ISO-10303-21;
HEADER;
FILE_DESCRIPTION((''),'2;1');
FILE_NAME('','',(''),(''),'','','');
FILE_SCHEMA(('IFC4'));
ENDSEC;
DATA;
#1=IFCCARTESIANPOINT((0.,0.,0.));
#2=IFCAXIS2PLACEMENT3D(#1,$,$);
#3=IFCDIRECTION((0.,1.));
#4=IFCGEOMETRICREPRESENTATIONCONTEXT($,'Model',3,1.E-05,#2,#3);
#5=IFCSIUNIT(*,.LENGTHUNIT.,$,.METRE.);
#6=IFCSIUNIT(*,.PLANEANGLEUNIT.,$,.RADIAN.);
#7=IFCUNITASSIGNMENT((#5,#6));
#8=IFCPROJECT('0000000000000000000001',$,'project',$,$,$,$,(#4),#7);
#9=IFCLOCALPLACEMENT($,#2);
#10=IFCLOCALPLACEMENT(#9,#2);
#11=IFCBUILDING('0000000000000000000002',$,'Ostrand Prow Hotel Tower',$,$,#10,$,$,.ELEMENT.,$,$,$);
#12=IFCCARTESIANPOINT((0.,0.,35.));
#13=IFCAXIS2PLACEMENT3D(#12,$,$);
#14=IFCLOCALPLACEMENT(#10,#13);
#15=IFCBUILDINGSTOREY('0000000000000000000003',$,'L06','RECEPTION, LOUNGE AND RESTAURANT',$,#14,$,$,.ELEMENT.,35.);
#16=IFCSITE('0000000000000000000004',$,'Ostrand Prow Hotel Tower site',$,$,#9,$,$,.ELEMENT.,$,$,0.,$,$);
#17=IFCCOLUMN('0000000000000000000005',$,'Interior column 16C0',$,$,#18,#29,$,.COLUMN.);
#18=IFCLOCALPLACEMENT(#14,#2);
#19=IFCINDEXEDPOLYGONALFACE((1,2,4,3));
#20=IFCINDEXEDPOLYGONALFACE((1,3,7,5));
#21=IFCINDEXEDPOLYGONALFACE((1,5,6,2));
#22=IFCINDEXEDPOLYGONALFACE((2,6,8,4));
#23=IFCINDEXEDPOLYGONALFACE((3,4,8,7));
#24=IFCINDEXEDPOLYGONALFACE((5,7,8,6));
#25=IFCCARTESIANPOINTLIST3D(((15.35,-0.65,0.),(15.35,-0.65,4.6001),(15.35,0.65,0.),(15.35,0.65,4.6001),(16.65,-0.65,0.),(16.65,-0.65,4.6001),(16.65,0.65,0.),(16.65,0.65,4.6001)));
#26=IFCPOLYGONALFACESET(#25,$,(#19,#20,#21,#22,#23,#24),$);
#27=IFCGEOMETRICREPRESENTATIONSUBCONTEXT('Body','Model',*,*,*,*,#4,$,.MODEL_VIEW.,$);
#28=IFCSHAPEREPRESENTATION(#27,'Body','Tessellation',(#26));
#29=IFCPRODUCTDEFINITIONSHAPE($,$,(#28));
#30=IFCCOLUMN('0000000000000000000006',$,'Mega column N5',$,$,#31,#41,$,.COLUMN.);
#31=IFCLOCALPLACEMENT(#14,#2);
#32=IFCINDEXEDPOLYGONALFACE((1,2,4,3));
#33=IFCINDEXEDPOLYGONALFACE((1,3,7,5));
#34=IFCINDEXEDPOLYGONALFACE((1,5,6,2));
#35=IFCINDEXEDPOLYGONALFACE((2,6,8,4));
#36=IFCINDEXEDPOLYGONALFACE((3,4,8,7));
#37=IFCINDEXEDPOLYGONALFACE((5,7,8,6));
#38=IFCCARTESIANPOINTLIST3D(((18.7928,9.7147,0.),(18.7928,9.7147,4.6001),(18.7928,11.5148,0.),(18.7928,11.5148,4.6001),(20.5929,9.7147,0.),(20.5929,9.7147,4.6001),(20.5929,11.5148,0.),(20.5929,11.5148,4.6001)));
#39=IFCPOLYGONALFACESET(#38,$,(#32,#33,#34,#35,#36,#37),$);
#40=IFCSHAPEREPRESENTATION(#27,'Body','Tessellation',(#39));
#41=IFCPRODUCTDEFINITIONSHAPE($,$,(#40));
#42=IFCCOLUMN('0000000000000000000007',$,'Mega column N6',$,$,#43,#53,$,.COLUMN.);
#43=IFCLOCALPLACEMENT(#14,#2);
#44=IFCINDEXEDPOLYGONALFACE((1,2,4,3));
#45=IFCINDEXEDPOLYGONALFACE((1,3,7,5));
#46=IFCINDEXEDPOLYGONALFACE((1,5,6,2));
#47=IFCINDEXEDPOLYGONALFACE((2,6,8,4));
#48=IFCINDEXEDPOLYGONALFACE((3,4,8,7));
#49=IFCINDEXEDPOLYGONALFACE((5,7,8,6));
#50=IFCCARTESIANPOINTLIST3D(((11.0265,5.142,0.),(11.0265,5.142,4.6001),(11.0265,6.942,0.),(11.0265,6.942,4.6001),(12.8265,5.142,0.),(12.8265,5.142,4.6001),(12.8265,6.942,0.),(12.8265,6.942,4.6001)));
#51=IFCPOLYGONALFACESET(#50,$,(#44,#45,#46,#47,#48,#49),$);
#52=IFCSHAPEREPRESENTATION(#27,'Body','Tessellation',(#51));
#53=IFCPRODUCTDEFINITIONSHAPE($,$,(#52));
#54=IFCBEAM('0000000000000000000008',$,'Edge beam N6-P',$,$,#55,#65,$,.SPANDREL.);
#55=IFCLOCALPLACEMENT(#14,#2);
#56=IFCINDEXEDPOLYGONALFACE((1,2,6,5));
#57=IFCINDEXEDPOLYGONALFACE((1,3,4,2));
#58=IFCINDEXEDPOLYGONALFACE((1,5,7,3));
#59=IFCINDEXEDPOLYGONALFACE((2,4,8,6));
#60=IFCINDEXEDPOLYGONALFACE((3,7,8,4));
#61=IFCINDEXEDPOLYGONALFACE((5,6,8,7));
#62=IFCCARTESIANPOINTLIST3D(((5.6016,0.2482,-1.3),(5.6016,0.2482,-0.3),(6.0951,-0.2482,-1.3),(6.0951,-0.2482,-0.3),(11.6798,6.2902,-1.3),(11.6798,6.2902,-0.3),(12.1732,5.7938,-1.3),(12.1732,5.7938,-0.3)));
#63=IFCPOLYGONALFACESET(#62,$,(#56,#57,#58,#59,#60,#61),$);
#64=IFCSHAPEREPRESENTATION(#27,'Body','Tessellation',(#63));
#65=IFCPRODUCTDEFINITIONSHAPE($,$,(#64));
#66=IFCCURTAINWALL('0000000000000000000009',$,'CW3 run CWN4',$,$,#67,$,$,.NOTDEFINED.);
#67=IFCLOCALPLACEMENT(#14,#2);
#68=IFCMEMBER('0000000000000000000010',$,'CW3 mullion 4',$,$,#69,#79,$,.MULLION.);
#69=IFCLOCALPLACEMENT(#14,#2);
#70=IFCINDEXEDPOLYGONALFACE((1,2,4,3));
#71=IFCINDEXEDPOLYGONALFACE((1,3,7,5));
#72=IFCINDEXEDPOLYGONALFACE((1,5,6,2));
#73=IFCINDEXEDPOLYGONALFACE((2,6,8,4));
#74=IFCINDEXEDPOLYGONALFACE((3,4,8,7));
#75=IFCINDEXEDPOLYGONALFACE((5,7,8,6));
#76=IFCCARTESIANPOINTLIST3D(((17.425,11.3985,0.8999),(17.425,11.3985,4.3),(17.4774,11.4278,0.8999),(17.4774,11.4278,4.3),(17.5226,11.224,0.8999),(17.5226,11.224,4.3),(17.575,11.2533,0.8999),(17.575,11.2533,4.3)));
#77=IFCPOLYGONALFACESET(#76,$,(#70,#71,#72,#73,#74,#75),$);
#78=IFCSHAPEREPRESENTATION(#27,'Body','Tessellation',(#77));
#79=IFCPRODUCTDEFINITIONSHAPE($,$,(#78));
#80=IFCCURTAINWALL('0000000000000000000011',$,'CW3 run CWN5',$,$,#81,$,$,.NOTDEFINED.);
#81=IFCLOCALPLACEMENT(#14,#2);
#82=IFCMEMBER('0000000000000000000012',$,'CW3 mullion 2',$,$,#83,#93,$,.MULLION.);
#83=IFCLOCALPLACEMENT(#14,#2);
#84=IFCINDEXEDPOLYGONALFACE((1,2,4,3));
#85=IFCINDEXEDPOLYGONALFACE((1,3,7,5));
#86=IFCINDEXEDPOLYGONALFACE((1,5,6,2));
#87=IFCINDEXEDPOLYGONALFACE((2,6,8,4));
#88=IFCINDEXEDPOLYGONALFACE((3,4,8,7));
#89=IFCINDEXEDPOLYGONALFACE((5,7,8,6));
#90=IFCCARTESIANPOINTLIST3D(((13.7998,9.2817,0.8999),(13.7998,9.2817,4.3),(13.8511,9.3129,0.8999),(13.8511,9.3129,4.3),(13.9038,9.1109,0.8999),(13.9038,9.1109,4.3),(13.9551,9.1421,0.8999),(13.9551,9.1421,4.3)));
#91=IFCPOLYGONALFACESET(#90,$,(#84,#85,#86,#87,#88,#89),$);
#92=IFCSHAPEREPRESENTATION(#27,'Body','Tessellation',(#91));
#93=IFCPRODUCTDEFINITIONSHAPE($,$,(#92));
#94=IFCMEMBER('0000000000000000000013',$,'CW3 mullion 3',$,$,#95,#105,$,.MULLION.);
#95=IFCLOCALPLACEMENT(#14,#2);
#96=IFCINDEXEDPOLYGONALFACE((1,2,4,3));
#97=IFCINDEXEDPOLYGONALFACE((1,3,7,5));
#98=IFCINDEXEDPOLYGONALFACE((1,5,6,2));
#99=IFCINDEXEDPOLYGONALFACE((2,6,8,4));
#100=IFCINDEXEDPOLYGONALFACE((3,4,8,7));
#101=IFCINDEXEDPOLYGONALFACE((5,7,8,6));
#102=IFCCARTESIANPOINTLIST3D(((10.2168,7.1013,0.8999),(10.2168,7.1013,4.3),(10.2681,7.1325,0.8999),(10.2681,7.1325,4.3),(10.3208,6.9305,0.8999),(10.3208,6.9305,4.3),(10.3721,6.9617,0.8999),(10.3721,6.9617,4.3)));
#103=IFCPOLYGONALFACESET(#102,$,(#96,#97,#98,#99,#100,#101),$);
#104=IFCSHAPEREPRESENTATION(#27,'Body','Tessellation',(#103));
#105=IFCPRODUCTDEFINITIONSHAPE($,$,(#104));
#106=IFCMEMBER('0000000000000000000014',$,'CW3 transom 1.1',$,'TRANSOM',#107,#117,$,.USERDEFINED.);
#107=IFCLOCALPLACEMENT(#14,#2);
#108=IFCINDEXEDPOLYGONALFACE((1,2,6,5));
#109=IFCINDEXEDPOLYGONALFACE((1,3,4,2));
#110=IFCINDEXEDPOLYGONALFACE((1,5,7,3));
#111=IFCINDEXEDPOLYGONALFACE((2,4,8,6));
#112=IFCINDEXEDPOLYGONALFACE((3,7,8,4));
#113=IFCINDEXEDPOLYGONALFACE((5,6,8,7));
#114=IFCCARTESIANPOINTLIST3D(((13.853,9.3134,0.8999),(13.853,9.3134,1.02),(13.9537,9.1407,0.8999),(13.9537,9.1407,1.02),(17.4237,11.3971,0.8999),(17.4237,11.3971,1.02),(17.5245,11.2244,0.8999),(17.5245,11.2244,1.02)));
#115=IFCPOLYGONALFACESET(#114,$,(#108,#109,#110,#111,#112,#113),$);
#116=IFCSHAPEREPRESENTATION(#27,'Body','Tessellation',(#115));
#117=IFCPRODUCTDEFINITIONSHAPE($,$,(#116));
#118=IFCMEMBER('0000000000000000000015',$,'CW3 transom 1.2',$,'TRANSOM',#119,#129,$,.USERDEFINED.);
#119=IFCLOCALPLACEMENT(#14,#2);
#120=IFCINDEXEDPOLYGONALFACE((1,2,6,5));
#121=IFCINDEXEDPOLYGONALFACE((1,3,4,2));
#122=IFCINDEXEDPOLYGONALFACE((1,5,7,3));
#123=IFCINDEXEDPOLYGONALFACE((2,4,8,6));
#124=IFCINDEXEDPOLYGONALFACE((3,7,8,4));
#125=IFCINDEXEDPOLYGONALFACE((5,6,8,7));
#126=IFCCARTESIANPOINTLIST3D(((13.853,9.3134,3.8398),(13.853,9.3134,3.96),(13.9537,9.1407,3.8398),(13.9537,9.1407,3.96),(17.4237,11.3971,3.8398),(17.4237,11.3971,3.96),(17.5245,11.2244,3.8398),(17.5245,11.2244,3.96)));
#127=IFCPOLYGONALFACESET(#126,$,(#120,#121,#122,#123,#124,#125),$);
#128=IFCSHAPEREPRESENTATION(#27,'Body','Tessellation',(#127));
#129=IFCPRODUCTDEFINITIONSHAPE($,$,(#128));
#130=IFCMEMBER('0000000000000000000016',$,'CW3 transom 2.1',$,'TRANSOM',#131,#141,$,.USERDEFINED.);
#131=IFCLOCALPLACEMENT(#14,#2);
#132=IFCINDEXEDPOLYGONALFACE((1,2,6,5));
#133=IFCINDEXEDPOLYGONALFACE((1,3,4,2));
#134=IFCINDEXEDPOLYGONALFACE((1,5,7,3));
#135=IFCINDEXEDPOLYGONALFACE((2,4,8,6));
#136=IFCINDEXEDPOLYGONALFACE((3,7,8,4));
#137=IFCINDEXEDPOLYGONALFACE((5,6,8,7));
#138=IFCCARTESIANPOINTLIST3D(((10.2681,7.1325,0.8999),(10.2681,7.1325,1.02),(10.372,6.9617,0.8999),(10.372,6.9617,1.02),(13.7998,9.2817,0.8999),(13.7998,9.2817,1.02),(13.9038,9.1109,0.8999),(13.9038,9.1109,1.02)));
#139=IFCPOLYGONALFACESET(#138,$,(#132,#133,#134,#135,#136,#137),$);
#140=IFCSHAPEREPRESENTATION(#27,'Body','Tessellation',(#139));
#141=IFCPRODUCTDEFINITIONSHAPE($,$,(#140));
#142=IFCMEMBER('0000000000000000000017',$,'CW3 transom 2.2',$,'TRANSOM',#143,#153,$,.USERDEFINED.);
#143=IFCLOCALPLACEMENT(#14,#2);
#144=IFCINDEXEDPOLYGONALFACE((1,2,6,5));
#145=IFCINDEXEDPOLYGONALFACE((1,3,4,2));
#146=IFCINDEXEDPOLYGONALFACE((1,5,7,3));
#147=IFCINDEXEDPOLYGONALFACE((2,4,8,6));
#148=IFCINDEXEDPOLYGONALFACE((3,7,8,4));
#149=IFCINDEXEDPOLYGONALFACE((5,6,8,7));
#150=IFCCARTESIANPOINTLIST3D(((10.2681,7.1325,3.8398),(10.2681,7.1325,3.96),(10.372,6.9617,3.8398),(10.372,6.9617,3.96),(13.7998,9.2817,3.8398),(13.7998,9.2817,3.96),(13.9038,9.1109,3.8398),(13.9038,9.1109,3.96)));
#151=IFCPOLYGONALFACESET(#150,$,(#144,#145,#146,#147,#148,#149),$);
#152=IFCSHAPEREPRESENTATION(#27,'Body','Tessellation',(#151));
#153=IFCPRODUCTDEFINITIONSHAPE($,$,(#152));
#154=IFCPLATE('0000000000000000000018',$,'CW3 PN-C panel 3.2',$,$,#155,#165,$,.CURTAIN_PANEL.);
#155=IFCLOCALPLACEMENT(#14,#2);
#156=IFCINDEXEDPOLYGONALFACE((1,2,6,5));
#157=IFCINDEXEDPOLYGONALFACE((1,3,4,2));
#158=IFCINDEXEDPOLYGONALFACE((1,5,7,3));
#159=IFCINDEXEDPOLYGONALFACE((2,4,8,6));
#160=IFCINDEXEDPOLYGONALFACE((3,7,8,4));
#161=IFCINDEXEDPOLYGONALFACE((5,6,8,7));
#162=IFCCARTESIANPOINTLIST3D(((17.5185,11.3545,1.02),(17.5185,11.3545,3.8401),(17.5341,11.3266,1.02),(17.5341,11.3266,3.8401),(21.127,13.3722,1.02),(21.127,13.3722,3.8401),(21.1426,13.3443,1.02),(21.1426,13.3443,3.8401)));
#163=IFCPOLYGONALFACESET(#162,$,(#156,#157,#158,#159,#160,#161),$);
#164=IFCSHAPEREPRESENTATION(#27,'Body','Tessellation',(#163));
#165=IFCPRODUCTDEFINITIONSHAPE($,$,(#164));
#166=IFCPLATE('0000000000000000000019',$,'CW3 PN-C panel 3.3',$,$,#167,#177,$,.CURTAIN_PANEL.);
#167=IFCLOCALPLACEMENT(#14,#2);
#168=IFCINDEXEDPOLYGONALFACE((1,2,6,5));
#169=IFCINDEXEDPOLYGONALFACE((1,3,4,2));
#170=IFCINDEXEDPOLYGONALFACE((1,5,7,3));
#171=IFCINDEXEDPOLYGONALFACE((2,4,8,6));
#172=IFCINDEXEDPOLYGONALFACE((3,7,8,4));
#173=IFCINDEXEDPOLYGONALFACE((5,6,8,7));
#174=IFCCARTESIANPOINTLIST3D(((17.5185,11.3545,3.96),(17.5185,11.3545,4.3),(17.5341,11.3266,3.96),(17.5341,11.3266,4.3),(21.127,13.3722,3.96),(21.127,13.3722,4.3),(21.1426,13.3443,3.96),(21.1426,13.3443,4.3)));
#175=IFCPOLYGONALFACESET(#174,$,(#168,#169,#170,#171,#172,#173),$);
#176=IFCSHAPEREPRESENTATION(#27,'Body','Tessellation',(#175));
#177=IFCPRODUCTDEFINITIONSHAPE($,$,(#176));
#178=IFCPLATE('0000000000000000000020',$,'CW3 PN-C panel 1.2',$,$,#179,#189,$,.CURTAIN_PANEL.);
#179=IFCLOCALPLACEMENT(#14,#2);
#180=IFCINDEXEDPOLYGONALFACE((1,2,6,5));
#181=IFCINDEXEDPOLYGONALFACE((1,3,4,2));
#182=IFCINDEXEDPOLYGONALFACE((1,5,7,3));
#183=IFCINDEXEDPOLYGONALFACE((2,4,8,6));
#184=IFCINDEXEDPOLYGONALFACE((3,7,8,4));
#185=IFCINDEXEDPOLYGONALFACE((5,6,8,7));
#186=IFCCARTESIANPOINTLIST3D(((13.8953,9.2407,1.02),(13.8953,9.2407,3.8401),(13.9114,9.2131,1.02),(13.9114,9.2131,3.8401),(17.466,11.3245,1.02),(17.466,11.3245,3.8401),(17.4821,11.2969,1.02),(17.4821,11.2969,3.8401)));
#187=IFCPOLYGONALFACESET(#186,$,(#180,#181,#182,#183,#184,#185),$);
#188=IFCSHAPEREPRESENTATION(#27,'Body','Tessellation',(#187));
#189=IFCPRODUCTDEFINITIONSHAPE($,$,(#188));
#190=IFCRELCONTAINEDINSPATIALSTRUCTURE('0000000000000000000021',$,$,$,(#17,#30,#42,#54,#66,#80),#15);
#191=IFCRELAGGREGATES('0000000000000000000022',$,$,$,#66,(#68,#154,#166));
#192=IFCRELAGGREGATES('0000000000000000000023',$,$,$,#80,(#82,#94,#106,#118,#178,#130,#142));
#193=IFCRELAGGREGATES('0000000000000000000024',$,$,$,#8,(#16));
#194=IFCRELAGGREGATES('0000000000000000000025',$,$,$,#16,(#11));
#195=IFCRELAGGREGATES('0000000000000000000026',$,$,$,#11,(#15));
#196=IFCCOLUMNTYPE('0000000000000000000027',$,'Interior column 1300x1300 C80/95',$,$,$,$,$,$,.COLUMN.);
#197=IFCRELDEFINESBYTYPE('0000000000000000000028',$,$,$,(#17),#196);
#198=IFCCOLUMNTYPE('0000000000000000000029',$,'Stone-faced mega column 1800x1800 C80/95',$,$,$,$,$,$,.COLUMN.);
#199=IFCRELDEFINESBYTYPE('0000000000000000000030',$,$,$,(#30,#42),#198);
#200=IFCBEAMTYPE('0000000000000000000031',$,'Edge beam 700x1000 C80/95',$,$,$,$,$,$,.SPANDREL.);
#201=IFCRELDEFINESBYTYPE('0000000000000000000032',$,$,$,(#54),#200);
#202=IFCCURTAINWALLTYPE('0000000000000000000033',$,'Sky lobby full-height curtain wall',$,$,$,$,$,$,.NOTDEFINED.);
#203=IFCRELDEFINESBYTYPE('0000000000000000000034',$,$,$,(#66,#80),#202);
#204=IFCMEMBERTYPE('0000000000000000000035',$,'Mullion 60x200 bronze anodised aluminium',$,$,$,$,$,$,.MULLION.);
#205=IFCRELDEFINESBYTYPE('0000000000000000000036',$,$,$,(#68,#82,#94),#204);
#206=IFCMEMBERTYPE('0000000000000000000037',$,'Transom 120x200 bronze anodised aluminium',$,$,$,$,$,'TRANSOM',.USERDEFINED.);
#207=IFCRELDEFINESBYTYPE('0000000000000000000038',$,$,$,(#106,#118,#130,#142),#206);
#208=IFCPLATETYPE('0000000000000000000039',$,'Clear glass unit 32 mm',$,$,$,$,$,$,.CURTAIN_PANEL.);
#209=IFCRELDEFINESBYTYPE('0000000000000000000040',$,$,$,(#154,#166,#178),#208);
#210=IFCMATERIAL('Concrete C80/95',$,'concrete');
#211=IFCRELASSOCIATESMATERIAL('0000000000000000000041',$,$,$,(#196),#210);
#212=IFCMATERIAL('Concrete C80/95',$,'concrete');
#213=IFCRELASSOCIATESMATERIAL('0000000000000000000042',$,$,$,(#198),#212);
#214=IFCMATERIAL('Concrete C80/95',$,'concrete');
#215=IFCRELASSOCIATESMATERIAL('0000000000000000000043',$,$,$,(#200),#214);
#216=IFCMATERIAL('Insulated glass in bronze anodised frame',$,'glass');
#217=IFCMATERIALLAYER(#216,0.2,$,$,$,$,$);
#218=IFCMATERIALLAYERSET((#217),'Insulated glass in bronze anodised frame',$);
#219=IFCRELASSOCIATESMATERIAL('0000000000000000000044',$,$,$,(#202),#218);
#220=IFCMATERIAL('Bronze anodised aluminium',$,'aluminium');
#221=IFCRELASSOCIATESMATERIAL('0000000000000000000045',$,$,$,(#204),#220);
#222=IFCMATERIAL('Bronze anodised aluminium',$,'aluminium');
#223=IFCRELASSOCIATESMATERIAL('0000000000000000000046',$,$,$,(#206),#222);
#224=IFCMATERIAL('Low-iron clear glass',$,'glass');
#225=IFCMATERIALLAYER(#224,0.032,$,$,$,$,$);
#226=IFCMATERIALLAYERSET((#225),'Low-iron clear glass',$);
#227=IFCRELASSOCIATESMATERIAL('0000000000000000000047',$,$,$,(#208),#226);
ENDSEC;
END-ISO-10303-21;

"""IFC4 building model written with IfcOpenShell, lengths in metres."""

from ifc_helpers import new_model, si_unit, direction, frame, origin, origin_2d, place, context, subcontext, project, spatial, rectangle, extrude, material, layer, layer_set, material_profile, profile_set, type_object, element, aggregate, save


model = new_model("IFC4")

# Units and contexts
model_context = context("Model", 3, precision=1e-05, world=origin(), true_north=direction((0.0, 1.0)))
body_context = subcontext(model_context, "Body", "Model", "MODEL_VIEW")
ifc_project = project(units=[si_unit("LENGTHUNIT", "METRE"), si_unit("PLANEANGLEUNIT", "RADIAN")], contexts=[model_context])

# Site, building, storey
site_placement = place(None, origin())
site = spatial("IfcSite", under=ifc_project, at=site_placement, Name="Ostrand Prow Hotel Tower site", CompositionType="ELEMENT", RefElevation=0.0)
building_placement = place(site_placement, origin())
building = spatial("IfcBuilding", under=site, at=building_placement, Name="Ostrand Prow Hotel Tower", CompositionType="ELEMENT")
storey_placement = place(building_placement, frame((0.0, 0.0, 35.0)))
storey = spatial("IfcBuildingStorey", under=building, at=storey_placement, Name="L06", Description="RECEPTION, LOUNGE AND RESTAURANT", CompositionType="ELEMENT", Elevation=35.0)

# Columns
ifc_material_1 = material(Name="Concrete C80/95", Category="concrete")
ifc_material_profile_1 = material_profile(ifc_material_1, rectangle(XDim=1.3, YDim=1.3, at=origin_2d()), Name="RC 1300x1300")
ifc_profile_set_1 = profile_set([ifc_material_profile_1], Name="Concrete C80/95")
column_type_1 = type_object("IfcColumnType", Name="Interior column 1300x1300 C80/95", PredefinedType="COLUMN", material=ifc_profile_set_1)
column_placement = place(storey_placement, frame((16.0, 0.0, 0.0), z_axis=(0.0, 0.0, 1.0), x_axis=(1.0, 0.0, 0.0)))
element("IfcColumn", 1, at=column_placement, inside=storey, type_object=column_type_1, Name="Interior column 16C0", PredefinedType="COLUMN", context=body_context, shape_type="SweptSolid", body=[
    extrude(rectangle(XDim=1.3, YDim=1.3, at=origin_2d()), origin(), (0.0, 0.0, 1.0), 4.6001),
])
ifc_material_2 = material(Name="Concrete C80/95", Category="concrete")
ifc_material_profile_2 = material_profile(ifc_material_2, rectangle(XDim=1.8, YDim=1.8, at=origin_2d()), Name="RC 1800x1800")
ifc_profile_set_2 = profile_set([ifc_material_profile_2], Name="Concrete C80/95")
column_type_2 = type_object("IfcColumnType", Name="Stone-faced mega column 1800x1800 C80/95", PredefinedType="COLUMN", material=ifc_profile_set_2)
for number, where, z_axis, x_axis, name in (
    (2, (19.6929, 10.6147, 0.0), (0.0, 0.0, 1.0), (1.0, 0.0, 0.0), "Mega column N5"),
    (3, (11.9265, 6.042, 0.0), (0.0, 0.0, 1.0), (1.0, 0.0, 0.0), "Mega column N6"),
):
    element("IfcColumn", number, at=place(storey_placement, frame(where, z_axis=z_axis, x_axis=x_axis)), inside=storey, type_object=column_type_2, Name=name, PredefinedType="COLUMN", context=body_context, shape_type="SweptSolid", body=[
        extrude(rectangle(XDim=1.8, YDim=1.8, at=origin_2d()), origin(), (0.0, 0.0, 1.0), 4.6001),
    ])

# Beam
ifc_material_3 = material(Name="Concrete C80/95", Category="concrete")
ifc_material_profile_3 = material_profile(ifc_material_3, rectangle(XDim=0.7, YDim=1.0, at=origin_2d()), Name="RC 700x1000")
ifc_profile_set_3 = profile_set([ifc_material_profile_3], Name="Concrete C80/95")
beam_type = type_object("IfcBeamType", Name="Edge beam 700x1000 C80/95", PredefinedType="SPANDREL", material=ifc_profile_set_3)
beam_placement = place(storey_placement, frame((11.9265, 6.042, -0.8), z_axis=(-0.709212, -0.704996, 0.0), x_axis=(0.704996, -0.709212, 0.0)))
element("IfcBeam", 4, at=beam_placement, inside=storey, type_object=beam_type, Name="Edge beam N6-P", PredefinedType="SPANDREL", context=body_context, shape_type="SweptSolid", body=[
    extrude(rectangle(XDim=0.7, YDim=1.0, at=origin_2d()), origin(), (0.0, 0.0, 1.0), 8.5703),
])

# Curtain wall, member
ifc_material_4 = material(Name="Insulated glass in bronze anodised frame", Category="glass")
ifc_layer_1 = layer(ifc_material_4, 0.2)
ifc_layer_set_1 = layer_set([ifc_layer_1], Name="Insulated glass in bronze anodised frame")
curtain_wall_type = type_object("IfcCurtainWallType", Name="Sky lobby full-height curtain wall", PredefinedType="NOTDEFINED", material=ifc_layer_set_1)
curtain_wall_1_placement = place(storey_placement, origin())
curtain_wall_1 = element("IfcCurtainWall", 5, at=curtain_wall_1_placement, inside=storey, type_object=curtain_wall_type, Name="CW3 run CWN4", PredefinedType="NOTDEFINED")
ifc_material_5 = material(Name="Bronze anodised aluminium", Category="aluminium")
ifc_material_profile_4 = material_profile(ifc_material_5, rectangle(XDim=0.2, YDim=0.0601, at=origin_2d()), Name="Mullion 60x200 bronze anodised aluminium")
ifc_profile_set_4 = profile_set([ifc_material_profile_4], Name="Bronze anodised aluminium")
member_type_1 = type_object("IfcMemberType", Name="Mullion 60x200 bronze anodised aluminium", PredefinedType="MULLION", material=ifc_profile_set_4)
member_1_placement = place(storey_placement, frame((17.5, 11.3259, 0.8999), z_axis=(0.0, 0.0, 1.0), x_axis=(0.488044, -0.872819, 0.0)))
member_1 = element("IfcMember", 6, at=member_1_placement, type_object=member_type_1, Name="CW3 mullion 4", PredefinedType="MULLION", context=body_context, shape_type="SweptSolid", body=[
    extrude(rectangle(XDim=0.2, YDim=0.0601, at=origin_2d()), origin(), (0.0, 0.0, 1.0), 3.4001),
])

# Curtain wall, members
curtain_wall_2_placement = place(storey_placement, origin())
curtain_wall_2 = element("IfcCurtainWall", 7, at=curtain_wall_2_placement, inside=storey, type_object=curtain_wall_type, Name="CW3 run CWN5", PredefinedType="NOTDEFINED")
member_2_placement = place(storey_placement, frame((13.8774, 9.2119, 0.8999), z_axis=(0.0, 0.0, 1.0), x_axis=(0.519831, -0.854269, 0.0)))
member_2 = element("IfcMember", 8, at=member_2_placement, type_object=member_type_1, Name="CW3 mullion 2", PredefinedType="MULLION", context=body_context, shape_type="SweptSolid", body=[
    extrude(rectangle(XDim=0.2, YDim=0.0601, at=origin_2d()), origin(), (0.0, 0.0, 1.0), 3.4001),
])
member_3_placement = place(storey_placement, frame((10.2944, 7.0315, 0.8999), z_axis=(0.0, 0.0, 1.0), x_axis=(0.519831, -0.854269, 0.0)))
member_3 = element("IfcMember", 9, at=member_3_placement, type_object=member_type_1, Name="CW3 mullion 3", PredefinedType="MULLION", context=body_context, shape_type="SweptSolid", body=[
    extrude(rectangle(XDim=0.2, YDim=0.0601, at=origin_2d()), origin(), (0.0, 0.0, 1.0), 3.4001),
])
ifc_material_6 = material(Name="Bronze anodised aluminium", Category="aluminium")
ifc_material_profile_5 = material_profile(ifc_material_6, rectangle(XDim=0.2, YDim=0.1201, at=origin_2d()), Name="Transom 120x200 bronze anodised aluminium")
ifc_profile_set_5 = profile_set([ifc_material_profile_5], Name="Bronze anodised aluminium")
member_type_2 = type_object("IfcMemberType", Name="Transom 120x200 bronze anodised aluminium", ElementType="TRANSOM", PredefinedType="USERDEFINED", material=ifc_profile_set_5)
member_4_placement = place(storey_placement, frame((17.4741, 11.3108, 0.96), z_axis=(-0.863698, -0.504011, 0.0), x_axis=(0.504011, -0.863698, 0.0)))
member_4 = element("IfcMember", 10, at=member_4_placement, type_object=member_type_2, Name="CW3 transom 1.1", ObjectType="TRANSOM", PredefinedType="USERDEFINED", context=body_context, shape_type="SweptSolid", body=[
    extrude(rectangle(XDim=0.2, YDim=0.1201, at=origin_2d()), origin(), (0.0, 0.0, 1.0), 4.1343),
])
member_5_placement = place(storey_placement, frame((17.4741, 11.3108, 3.8999), z_axis=(-0.863698, -0.504011, 0.0), x_axis=(0.504011, -0.863698, 0.0)))
member_5 = element("IfcMember", 11, at=member_5_placement, type_object=member_type_2, Name="CW3 transom 1.2", ObjectType="TRANSOM", PredefinedType="USERDEFINED", context=body_context, shape_type="SweptSolid", body=[
    extrude(rectangle(XDim=0.2, YDim=0.1201, at=origin_2d()), origin(), (0.0, 0.0, 1.0), 4.1343),
])
member_6_placement = place(storey_placement, frame((13.8518, 9.1963, 0.96), z_axis=(-0.854261, -0.519844, 0.0), x_axis=(0.519844, -0.854261, 0.0)))
member_6 = element("IfcMember", 12, at=member_6_placement, type_object=member_type_2, Name="CW3 transom 2.1", ObjectType="TRANSOM", PredefinedType="USERDEFINED", context=body_context, shape_type="SweptSolid", body=[
    extrude(rectangle(XDim=0.2, YDim=0.1201, at=origin_2d()), origin(), (0.0, 0.0, 1.0), 4.1343),
])
member_7_placement = place(storey_placement, frame((13.8518, 9.1963, 3.8999), z_axis=(-0.854261, -0.519844, 0.0), x_axis=(0.519844, -0.854261, 0.0)))
member_7 = element("IfcMember", 13, at=member_7_placement, type_object=member_type_2, Name="CW3 transom 2.2", ObjectType="TRANSOM", PredefinedType="USERDEFINED", context=body_context, shape_type="SweptSolid", body=[
    extrude(rectangle(XDim=0.2, YDim=0.1201, at=origin_2d()), origin(), (0.0, 0.0, 1.0), 4.1343),
])

# Plates
ifc_material_7 = material(Name="Low-iron clear glass", Category="glass")
ifc_layer_2 = layer(ifc_material_7, 0.032)
ifc_layer_set_2 = layer_set([ifc_layer_2], Name="Low-iron clear glass")
plate_type_1 = type_object("IfcPlateType", Name="Clear glass unit 32 mm", PredefinedType="CURTAIN_PANEL", material=ifc_layer_set_2)
plate_1_placement = place(storey_placement, frame((19.3306, 12.3494, 1.02), z_axis=(0.0, 0.0, 1.0), x_axis=(-0.872819, -0.488044, 0.0)))
plate_1 = element("IfcPlate", 14, at=plate_1_placement, type_object=plate_type_1, Name="CW3 PN-C panel 3.2", PredefinedType="CURTAIN_PANEL", context=body_context, shape_type="SweptSolid", body=[
    extrude(rectangle(XDim=4.1343, YDim=0.032, at=origin_2d()), origin(), (0.0, 0.0, 1.0), 2.8201),
])
plate_2_placement = place(storey_placement, frame((19.3306, 12.3494, 3.96), z_axis=(0.0, 0.0, 1.0), x_axis=(-0.872819, -0.488044, 0.0)))
plate_2 = element("IfcPlate", 15, at=plate_2_placement, type_object=plate_type_1, Name="CW3 PN-C panel 3.3", PredefinedType="CURTAIN_PANEL", context=body_context, shape_type="SweptSolid", body=[
    extrude(rectangle(XDim=4.1343, YDim=0.032, at=origin_2d()), origin(), (0.0, 0.0, 1.0), 0.3401),
])
aggregate(curtain_wall_1, [member_1, plate_1, plate_2])
plate_3_placement = place(storey_placement, frame((15.6887, 10.2688, 1.02), z_axis=(0.0, 0.0, 1.0), x_axis=(-0.86369, -0.504023, 0.0)))
plate_3 = element("IfcPlate", 16, at=plate_3_placement, type_object=plate_type_1, Name="CW3 PN-C panel 1.2", PredefinedType="CURTAIN_PANEL", context=body_context, shape_type="SweptSolid", body=[
    extrude(rectangle(XDim=4.1343, YDim=0.032, at=origin_2d()), origin(), (0.0, 0.0, 1.0), 2.8201),
])
aggregate(curtain_wall_2, [member_2, member_3, member_4, member_5, plate_3, member_6, member_7])

save(model, "model.ifc")
